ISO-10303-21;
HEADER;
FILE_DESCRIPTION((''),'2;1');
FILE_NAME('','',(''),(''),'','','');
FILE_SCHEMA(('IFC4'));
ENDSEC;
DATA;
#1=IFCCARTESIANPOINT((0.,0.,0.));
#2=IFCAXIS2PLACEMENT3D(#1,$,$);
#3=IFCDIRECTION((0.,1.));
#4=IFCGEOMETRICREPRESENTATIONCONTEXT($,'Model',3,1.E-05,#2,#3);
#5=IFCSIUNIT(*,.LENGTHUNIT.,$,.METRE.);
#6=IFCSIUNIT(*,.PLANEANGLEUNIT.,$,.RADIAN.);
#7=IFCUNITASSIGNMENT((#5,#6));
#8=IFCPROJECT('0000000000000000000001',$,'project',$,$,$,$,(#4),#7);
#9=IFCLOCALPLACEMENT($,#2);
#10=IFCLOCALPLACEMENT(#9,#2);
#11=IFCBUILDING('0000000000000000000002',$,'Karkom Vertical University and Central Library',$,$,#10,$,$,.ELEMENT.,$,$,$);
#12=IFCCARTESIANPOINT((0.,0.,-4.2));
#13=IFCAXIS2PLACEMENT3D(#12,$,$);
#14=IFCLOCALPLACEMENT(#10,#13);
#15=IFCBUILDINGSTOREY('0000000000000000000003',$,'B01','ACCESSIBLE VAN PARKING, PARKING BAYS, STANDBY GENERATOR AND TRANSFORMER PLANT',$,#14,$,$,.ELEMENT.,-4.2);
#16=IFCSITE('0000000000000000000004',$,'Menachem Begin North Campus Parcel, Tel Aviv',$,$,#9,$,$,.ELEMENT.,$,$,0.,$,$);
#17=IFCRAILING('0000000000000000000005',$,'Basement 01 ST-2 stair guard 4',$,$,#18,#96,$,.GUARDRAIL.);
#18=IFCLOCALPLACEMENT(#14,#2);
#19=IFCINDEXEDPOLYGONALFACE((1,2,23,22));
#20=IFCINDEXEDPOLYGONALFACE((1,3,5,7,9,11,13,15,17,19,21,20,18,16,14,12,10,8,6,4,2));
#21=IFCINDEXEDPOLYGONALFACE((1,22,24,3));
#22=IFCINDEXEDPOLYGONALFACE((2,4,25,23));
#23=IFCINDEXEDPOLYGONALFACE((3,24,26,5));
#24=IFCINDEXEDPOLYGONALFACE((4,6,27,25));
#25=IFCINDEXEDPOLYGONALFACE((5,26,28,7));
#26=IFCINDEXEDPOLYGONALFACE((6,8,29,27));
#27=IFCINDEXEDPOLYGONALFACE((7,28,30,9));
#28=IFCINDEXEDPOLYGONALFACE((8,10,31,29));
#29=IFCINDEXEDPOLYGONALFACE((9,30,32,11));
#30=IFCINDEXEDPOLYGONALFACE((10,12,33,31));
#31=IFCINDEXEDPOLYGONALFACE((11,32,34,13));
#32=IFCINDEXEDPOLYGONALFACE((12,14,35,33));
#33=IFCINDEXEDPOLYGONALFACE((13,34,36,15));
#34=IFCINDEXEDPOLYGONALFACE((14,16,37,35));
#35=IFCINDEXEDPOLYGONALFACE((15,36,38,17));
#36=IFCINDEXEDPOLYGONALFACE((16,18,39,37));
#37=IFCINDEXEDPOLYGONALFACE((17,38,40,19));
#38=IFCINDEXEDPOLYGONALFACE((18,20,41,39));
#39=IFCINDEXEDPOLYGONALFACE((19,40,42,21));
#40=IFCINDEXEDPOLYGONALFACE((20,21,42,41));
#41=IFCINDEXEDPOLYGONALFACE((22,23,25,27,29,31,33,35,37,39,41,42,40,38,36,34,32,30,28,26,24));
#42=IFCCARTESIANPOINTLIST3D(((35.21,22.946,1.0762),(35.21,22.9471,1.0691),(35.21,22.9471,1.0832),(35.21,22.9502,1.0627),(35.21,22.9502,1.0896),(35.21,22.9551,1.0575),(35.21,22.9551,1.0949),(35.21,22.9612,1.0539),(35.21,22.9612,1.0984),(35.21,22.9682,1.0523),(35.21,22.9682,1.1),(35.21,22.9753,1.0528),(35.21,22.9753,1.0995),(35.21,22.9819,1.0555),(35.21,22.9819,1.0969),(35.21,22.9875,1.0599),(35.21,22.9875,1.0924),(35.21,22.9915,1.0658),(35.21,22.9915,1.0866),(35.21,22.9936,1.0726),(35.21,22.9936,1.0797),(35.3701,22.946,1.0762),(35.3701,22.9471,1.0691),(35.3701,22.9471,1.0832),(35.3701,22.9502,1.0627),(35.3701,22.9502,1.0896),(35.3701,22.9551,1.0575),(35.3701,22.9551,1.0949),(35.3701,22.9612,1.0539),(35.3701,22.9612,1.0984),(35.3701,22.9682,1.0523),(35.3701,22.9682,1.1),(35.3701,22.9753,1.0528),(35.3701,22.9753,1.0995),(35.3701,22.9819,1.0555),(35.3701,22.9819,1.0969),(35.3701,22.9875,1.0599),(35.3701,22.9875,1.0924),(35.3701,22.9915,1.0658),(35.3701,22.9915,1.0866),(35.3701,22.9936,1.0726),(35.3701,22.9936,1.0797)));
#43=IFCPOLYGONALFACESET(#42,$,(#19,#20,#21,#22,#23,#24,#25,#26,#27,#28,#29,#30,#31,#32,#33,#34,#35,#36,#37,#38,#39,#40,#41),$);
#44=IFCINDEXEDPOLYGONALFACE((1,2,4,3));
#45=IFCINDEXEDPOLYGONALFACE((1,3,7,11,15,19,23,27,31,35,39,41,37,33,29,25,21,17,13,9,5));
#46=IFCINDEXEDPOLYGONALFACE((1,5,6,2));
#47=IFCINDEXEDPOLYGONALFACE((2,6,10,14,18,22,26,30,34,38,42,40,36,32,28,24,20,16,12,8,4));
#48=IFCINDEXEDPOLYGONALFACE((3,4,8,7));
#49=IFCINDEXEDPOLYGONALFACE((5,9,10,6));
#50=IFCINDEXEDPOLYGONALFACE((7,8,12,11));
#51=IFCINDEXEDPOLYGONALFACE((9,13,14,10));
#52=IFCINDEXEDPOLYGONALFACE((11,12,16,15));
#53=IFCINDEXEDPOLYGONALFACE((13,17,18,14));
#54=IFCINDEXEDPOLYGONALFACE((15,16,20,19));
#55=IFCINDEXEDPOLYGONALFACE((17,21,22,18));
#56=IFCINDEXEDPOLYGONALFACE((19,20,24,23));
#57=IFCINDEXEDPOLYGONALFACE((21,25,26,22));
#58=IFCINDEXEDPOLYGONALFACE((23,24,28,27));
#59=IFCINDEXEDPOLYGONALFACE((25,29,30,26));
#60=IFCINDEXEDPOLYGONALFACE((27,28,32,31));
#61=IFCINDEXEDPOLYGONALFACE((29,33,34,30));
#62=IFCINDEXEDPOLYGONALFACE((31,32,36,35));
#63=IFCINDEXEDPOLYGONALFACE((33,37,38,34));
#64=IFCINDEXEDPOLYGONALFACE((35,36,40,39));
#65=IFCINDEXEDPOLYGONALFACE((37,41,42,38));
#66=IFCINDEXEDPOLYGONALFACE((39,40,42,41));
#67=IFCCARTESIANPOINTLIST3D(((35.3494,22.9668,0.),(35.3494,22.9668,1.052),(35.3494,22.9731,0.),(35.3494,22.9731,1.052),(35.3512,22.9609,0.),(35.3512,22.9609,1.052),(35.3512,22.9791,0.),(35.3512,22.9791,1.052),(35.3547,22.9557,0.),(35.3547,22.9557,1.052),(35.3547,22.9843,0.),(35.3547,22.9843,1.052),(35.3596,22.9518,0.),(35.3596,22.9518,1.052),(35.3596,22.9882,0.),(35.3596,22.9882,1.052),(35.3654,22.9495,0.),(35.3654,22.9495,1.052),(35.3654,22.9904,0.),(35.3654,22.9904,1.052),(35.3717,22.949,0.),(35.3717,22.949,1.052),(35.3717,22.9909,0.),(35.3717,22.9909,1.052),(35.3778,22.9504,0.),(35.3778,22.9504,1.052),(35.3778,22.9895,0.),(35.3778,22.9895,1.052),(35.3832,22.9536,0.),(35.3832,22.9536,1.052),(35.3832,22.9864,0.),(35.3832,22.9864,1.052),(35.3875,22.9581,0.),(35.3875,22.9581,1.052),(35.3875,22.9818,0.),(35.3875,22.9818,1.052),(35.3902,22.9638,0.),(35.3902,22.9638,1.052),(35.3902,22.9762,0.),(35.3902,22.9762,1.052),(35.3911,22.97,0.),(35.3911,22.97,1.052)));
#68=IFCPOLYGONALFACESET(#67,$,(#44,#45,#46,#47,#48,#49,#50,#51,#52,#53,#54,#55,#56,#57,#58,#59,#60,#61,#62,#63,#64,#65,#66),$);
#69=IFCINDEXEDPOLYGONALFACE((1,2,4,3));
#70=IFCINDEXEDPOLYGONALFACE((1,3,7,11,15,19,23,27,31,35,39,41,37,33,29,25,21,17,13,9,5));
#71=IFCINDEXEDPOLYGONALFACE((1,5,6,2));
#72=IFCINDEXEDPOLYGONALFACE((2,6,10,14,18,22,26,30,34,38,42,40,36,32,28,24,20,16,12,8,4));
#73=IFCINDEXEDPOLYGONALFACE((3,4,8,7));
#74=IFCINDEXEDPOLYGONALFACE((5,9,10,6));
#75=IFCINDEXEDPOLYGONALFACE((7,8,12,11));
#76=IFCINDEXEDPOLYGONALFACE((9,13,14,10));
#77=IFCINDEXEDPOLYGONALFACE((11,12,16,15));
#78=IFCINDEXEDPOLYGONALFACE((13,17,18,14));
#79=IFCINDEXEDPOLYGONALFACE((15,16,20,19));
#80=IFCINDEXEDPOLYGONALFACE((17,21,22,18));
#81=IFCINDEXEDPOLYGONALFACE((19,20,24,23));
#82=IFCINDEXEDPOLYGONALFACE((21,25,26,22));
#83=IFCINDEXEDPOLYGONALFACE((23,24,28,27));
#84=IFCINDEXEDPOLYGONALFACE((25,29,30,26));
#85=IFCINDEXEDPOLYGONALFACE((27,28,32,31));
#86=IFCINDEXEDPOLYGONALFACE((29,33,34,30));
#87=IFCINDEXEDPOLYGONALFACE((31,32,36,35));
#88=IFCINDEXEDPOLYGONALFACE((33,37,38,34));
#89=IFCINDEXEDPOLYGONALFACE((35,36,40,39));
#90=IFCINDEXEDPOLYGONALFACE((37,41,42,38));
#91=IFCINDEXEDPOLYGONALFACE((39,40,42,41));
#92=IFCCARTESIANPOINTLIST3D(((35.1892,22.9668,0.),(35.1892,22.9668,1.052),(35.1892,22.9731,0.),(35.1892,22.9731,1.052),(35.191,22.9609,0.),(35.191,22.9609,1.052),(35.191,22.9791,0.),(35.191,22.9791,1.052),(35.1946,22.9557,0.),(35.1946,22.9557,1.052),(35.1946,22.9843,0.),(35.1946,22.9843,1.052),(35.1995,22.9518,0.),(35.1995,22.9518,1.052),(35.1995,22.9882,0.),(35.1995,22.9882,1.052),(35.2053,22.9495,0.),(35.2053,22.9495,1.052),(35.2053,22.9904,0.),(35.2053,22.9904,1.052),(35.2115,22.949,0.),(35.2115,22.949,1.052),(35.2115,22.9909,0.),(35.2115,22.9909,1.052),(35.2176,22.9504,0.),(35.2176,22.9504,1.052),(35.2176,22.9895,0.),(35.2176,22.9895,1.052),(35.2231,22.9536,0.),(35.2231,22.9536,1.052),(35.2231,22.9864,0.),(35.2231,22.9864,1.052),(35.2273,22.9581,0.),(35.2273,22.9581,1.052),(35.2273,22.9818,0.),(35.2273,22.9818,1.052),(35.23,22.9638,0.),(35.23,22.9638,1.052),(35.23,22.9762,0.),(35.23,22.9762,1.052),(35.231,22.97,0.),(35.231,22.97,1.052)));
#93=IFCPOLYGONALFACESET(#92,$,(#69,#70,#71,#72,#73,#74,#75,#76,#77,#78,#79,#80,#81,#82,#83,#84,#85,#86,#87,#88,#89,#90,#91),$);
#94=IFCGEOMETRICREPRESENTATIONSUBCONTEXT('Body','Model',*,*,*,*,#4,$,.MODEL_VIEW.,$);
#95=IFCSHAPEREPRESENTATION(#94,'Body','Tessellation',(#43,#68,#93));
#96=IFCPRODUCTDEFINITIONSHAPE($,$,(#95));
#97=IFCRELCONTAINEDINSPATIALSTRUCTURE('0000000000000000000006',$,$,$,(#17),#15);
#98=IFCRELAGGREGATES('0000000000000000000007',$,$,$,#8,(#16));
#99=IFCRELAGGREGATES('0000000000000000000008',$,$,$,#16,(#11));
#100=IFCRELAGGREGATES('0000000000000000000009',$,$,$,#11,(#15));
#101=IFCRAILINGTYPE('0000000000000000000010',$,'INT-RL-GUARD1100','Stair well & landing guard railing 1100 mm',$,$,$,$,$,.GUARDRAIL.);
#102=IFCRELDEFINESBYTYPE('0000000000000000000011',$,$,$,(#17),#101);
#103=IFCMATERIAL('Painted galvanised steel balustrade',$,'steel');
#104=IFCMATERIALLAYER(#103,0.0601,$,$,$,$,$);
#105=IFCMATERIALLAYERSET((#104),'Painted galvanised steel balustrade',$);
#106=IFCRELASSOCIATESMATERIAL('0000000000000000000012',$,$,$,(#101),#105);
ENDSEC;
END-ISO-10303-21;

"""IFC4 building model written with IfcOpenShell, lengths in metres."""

from ifc_helpers import new_model, si_unit, direction, frame, origin, origin_2d, place, context, subcontext, project, spatial, circle, extrude, material, layer, layer_set, type_object, element, save


model = new_model("IFC4")

# Units and contexts
model_context = context("Model", 3, precision=1e-05, world=origin(), true_north=direction((0.0, 1.0)))
body_context = subcontext(model_context, "Body", "Model", "MODEL_VIEW")
ifc_project = project(units=[si_unit("LENGTHUNIT", "METRE"), si_unit("PLANEANGLEUNIT", "RADIAN")], contexts=[model_context])

# Site, building, storey
site_placement = place(None, origin())
site = spatial("IfcSite", under=ifc_project, at=site_placement, Name="Menachem Begin North Campus Parcel, Tel Aviv", CompositionType="ELEMENT", RefElevation=0.0)
building_placement = place(site_placement, origin())
building = spatial("IfcBuilding", under=site, at=building_placement, Name="Karkom Vertical University and Central Library", CompositionType="ELEMENT")
storey_placement = place(building_placement, frame((0.0, 0.0, -4.2)))
storey = spatial("IfcBuildingStorey", under=building, at=storey_placement, Name="B01", Description="ACCESSIBLE VAN PARKING, PARKING BAYS, STANDBY GENERATOR AND TRANSFORMER PLANT", CompositionType="ELEMENT", Elevation=-4.2)

# Railing
ifc_material_1 = material(Name="Painted galvanised steel balustrade", Category="steel")
ifc_layer_1 = layer(ifc_material_1, 0.0601)
ifc_layer_set_1 = layer_set([ifc_layer_1], Name="Painted galvanised steel balustrade")
railing_type = type_object("IfcRailingType", Name="INT-RL-GUARD1100", Description="Stair well & landing guard railing 1100 mm", PredefinedType="GUARDRAIL", material=ifc_layer_set_1)
railing_1_placement = place(storey_placement, frame((35.3701, 22.97, 0.0)))
element("IfcRailing", 1, at=railing_1_placement, inside=storey, type_object=railing_type, Name="Basement 01 ST-2 stair guard 4", PredefinedType="GUARDRAIL", context=body_context, shape_type="SweptSolid", body=[
    extrude(circle(Radius=0.0239, at=origin_2d()), frame((0.0, 0.0, 1.0762), z_axis=(-1.0, 0.0, 0.0), x_axis=(0.0, -1.0, 0.0)), (0.0, 0.0, 1.0), 0.1602),
    extrude(circle(Radius=0.021, at=origin_2d()), origin(), (0.0, 0.0, 1.0), 1.052),
    extrude(circle(Radius=0.021, at=origin_2d()), frame((-0.1602, 0.0, 0.0)), (0.0, 0.0, 1.0), 1.052),
])

save(model, "model.ifc")
